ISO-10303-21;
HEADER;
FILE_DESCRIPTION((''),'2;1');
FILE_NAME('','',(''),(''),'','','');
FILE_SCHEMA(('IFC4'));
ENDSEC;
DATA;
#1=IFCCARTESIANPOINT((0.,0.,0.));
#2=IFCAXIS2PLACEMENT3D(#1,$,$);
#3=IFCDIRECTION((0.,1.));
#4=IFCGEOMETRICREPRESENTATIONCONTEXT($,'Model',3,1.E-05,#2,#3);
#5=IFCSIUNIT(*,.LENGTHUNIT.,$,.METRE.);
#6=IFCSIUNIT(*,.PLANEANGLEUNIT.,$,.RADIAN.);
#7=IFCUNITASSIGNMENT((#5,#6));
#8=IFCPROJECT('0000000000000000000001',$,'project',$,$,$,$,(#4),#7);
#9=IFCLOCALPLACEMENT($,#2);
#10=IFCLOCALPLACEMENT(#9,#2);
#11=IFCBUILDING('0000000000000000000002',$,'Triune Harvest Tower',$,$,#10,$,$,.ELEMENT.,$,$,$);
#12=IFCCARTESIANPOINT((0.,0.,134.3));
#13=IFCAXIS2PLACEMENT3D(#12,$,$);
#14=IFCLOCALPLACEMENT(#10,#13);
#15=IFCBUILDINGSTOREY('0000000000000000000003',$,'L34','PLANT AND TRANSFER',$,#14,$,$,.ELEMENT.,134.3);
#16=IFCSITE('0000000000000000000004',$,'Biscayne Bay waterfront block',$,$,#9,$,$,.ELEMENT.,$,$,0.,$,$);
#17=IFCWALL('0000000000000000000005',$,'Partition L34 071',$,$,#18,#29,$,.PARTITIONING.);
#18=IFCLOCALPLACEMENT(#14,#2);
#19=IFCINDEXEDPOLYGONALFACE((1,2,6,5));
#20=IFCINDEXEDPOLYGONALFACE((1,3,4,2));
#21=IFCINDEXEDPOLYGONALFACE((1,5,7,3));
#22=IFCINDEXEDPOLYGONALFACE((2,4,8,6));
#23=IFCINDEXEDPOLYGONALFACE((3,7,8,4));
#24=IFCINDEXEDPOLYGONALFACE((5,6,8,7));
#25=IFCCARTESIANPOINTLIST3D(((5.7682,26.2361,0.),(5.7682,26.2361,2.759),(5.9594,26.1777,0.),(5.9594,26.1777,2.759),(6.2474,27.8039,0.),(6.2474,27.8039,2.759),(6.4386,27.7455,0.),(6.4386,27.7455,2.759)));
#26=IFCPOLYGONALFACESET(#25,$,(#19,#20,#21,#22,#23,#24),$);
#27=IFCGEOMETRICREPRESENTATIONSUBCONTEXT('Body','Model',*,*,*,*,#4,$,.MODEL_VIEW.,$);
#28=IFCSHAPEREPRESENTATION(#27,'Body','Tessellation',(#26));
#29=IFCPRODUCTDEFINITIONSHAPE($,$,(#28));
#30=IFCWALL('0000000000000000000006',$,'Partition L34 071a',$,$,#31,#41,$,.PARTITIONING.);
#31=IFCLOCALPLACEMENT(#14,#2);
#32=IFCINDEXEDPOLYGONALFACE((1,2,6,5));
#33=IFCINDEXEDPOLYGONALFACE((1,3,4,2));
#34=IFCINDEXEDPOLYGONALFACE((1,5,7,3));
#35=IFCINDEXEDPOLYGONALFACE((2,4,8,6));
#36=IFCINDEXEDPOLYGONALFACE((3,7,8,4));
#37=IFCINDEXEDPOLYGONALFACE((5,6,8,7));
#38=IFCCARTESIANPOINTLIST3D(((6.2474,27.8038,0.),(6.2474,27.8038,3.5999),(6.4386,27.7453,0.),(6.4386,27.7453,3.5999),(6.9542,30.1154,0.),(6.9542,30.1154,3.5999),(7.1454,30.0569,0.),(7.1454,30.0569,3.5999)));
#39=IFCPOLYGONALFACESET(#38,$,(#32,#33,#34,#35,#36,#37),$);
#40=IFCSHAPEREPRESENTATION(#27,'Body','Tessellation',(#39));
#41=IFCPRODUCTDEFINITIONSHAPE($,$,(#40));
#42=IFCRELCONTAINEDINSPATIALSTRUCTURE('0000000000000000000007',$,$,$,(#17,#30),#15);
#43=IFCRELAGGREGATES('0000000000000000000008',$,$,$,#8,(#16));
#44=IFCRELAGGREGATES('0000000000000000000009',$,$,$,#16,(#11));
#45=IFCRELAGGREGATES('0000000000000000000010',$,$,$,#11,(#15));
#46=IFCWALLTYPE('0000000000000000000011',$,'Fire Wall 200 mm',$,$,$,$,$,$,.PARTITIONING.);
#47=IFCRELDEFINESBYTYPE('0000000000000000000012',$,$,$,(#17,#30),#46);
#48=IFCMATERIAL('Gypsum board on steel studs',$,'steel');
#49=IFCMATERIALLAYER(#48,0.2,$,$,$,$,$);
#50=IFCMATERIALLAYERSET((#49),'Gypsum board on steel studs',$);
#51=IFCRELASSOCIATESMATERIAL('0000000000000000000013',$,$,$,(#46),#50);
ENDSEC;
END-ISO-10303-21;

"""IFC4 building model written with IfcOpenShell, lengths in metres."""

from ifc_helpers import new_model, si_unit, direction, frame, frame_2d, origin, place, context, subcontext, project, spatial, rectangle, extrude, material, layer, layer_set, type_object, element, save


model = new_model("IFC4")

# Units and contexts
model_context = context("Model", 3, precision=1e-05, world=origin(), true_north=direction((0.0, 1.0)))
body_context = subcontext(model_context, "Body", "Model", "MODEL_VIEW")
ifc_project = project(units=[si_unit("LENGTHUNIT", "METRE"), si_unit("PLANEANGLEUNIT", "RADIAN")], contexts=[model_context])

# Site, building, storey
site_placement = place(None, origin())
site = spatial("IfcSite", under=ifc_project, at=site_placement, Name="Biscayne Bay waterfront block", CompositionType="ELEMENT", RefElevation=0.0)
building_placement = place(site_placement, origin())
building = spatial("IfcBuilding", under=site, at=building_placement, Name="Triune Harvest Tower", CompositionType="ELEMENT")
storey_placement = place(building_placement, frame((0.0, 0.0, 134.3)))
storey = spatial("IfcBuildingStorey", under=building, at=storey_placement, Name="L34", Description="PLANT AND TRANSFER", CompositionType="ELEMENT", Elevation=134.3)

# Walls
ifc_material_1 = material(Name="Gypsum board on steel studs", Category="steel")
ifc_layer_1 = layer(ifc_material_1, 0.2)
ifc_layer_set_1 = layer_set([ifc_layer_1], Name="Gypsum board on steel studs")
wall_type = type_object("IfcWallType", Name="Fire Wall 200 mm", PredefinedType="PARTITIONING", material=ifc_layer_set_1)
wall_1_placement = place(storey_placement, frame((5.8638, 26.2068, 0.0), z_axis=(0.0, 0.0, 1.0), x_axis=(0.292317, 0.956322, 0.0)))
element("IfcWall", 1, at=wall_1_placement, inside=storey, type_object=wall_type, Name="Partition L34 071", PredefinedType="PARTITIONING", context=body_context, shape_type="SweptSolid", body=[
    extrude(rectangle(XDim=1.6394, YDim=0.2, at=frame_2d((0.8198, 0.0))), origin(), (0.0, 0.0, 1.0), 2.759),
])
wall_2_placement = place(storey_placement, frame((6.343, 27.7747, 0.0), z_axis=(0.0, 0.0, 1.0), x_axis=(0.292403, 0.956295, 0.0)))
element("IfcWall", 2, at=wall_2_placement, inside=storey, type_object=wall_type, Name="Partition L34 071a", PredefinedType="PARTITIONING", context=body_context, shape_type="SweptSolid", body=[
    extrude(rectangle(XDim=2.4172, YDim=0.2, at=frame_2d((1.2085, 0.0))), origin(), (0.0, 0.0, 1.0), 3.5999),
])

save(model, "model.ifc")
